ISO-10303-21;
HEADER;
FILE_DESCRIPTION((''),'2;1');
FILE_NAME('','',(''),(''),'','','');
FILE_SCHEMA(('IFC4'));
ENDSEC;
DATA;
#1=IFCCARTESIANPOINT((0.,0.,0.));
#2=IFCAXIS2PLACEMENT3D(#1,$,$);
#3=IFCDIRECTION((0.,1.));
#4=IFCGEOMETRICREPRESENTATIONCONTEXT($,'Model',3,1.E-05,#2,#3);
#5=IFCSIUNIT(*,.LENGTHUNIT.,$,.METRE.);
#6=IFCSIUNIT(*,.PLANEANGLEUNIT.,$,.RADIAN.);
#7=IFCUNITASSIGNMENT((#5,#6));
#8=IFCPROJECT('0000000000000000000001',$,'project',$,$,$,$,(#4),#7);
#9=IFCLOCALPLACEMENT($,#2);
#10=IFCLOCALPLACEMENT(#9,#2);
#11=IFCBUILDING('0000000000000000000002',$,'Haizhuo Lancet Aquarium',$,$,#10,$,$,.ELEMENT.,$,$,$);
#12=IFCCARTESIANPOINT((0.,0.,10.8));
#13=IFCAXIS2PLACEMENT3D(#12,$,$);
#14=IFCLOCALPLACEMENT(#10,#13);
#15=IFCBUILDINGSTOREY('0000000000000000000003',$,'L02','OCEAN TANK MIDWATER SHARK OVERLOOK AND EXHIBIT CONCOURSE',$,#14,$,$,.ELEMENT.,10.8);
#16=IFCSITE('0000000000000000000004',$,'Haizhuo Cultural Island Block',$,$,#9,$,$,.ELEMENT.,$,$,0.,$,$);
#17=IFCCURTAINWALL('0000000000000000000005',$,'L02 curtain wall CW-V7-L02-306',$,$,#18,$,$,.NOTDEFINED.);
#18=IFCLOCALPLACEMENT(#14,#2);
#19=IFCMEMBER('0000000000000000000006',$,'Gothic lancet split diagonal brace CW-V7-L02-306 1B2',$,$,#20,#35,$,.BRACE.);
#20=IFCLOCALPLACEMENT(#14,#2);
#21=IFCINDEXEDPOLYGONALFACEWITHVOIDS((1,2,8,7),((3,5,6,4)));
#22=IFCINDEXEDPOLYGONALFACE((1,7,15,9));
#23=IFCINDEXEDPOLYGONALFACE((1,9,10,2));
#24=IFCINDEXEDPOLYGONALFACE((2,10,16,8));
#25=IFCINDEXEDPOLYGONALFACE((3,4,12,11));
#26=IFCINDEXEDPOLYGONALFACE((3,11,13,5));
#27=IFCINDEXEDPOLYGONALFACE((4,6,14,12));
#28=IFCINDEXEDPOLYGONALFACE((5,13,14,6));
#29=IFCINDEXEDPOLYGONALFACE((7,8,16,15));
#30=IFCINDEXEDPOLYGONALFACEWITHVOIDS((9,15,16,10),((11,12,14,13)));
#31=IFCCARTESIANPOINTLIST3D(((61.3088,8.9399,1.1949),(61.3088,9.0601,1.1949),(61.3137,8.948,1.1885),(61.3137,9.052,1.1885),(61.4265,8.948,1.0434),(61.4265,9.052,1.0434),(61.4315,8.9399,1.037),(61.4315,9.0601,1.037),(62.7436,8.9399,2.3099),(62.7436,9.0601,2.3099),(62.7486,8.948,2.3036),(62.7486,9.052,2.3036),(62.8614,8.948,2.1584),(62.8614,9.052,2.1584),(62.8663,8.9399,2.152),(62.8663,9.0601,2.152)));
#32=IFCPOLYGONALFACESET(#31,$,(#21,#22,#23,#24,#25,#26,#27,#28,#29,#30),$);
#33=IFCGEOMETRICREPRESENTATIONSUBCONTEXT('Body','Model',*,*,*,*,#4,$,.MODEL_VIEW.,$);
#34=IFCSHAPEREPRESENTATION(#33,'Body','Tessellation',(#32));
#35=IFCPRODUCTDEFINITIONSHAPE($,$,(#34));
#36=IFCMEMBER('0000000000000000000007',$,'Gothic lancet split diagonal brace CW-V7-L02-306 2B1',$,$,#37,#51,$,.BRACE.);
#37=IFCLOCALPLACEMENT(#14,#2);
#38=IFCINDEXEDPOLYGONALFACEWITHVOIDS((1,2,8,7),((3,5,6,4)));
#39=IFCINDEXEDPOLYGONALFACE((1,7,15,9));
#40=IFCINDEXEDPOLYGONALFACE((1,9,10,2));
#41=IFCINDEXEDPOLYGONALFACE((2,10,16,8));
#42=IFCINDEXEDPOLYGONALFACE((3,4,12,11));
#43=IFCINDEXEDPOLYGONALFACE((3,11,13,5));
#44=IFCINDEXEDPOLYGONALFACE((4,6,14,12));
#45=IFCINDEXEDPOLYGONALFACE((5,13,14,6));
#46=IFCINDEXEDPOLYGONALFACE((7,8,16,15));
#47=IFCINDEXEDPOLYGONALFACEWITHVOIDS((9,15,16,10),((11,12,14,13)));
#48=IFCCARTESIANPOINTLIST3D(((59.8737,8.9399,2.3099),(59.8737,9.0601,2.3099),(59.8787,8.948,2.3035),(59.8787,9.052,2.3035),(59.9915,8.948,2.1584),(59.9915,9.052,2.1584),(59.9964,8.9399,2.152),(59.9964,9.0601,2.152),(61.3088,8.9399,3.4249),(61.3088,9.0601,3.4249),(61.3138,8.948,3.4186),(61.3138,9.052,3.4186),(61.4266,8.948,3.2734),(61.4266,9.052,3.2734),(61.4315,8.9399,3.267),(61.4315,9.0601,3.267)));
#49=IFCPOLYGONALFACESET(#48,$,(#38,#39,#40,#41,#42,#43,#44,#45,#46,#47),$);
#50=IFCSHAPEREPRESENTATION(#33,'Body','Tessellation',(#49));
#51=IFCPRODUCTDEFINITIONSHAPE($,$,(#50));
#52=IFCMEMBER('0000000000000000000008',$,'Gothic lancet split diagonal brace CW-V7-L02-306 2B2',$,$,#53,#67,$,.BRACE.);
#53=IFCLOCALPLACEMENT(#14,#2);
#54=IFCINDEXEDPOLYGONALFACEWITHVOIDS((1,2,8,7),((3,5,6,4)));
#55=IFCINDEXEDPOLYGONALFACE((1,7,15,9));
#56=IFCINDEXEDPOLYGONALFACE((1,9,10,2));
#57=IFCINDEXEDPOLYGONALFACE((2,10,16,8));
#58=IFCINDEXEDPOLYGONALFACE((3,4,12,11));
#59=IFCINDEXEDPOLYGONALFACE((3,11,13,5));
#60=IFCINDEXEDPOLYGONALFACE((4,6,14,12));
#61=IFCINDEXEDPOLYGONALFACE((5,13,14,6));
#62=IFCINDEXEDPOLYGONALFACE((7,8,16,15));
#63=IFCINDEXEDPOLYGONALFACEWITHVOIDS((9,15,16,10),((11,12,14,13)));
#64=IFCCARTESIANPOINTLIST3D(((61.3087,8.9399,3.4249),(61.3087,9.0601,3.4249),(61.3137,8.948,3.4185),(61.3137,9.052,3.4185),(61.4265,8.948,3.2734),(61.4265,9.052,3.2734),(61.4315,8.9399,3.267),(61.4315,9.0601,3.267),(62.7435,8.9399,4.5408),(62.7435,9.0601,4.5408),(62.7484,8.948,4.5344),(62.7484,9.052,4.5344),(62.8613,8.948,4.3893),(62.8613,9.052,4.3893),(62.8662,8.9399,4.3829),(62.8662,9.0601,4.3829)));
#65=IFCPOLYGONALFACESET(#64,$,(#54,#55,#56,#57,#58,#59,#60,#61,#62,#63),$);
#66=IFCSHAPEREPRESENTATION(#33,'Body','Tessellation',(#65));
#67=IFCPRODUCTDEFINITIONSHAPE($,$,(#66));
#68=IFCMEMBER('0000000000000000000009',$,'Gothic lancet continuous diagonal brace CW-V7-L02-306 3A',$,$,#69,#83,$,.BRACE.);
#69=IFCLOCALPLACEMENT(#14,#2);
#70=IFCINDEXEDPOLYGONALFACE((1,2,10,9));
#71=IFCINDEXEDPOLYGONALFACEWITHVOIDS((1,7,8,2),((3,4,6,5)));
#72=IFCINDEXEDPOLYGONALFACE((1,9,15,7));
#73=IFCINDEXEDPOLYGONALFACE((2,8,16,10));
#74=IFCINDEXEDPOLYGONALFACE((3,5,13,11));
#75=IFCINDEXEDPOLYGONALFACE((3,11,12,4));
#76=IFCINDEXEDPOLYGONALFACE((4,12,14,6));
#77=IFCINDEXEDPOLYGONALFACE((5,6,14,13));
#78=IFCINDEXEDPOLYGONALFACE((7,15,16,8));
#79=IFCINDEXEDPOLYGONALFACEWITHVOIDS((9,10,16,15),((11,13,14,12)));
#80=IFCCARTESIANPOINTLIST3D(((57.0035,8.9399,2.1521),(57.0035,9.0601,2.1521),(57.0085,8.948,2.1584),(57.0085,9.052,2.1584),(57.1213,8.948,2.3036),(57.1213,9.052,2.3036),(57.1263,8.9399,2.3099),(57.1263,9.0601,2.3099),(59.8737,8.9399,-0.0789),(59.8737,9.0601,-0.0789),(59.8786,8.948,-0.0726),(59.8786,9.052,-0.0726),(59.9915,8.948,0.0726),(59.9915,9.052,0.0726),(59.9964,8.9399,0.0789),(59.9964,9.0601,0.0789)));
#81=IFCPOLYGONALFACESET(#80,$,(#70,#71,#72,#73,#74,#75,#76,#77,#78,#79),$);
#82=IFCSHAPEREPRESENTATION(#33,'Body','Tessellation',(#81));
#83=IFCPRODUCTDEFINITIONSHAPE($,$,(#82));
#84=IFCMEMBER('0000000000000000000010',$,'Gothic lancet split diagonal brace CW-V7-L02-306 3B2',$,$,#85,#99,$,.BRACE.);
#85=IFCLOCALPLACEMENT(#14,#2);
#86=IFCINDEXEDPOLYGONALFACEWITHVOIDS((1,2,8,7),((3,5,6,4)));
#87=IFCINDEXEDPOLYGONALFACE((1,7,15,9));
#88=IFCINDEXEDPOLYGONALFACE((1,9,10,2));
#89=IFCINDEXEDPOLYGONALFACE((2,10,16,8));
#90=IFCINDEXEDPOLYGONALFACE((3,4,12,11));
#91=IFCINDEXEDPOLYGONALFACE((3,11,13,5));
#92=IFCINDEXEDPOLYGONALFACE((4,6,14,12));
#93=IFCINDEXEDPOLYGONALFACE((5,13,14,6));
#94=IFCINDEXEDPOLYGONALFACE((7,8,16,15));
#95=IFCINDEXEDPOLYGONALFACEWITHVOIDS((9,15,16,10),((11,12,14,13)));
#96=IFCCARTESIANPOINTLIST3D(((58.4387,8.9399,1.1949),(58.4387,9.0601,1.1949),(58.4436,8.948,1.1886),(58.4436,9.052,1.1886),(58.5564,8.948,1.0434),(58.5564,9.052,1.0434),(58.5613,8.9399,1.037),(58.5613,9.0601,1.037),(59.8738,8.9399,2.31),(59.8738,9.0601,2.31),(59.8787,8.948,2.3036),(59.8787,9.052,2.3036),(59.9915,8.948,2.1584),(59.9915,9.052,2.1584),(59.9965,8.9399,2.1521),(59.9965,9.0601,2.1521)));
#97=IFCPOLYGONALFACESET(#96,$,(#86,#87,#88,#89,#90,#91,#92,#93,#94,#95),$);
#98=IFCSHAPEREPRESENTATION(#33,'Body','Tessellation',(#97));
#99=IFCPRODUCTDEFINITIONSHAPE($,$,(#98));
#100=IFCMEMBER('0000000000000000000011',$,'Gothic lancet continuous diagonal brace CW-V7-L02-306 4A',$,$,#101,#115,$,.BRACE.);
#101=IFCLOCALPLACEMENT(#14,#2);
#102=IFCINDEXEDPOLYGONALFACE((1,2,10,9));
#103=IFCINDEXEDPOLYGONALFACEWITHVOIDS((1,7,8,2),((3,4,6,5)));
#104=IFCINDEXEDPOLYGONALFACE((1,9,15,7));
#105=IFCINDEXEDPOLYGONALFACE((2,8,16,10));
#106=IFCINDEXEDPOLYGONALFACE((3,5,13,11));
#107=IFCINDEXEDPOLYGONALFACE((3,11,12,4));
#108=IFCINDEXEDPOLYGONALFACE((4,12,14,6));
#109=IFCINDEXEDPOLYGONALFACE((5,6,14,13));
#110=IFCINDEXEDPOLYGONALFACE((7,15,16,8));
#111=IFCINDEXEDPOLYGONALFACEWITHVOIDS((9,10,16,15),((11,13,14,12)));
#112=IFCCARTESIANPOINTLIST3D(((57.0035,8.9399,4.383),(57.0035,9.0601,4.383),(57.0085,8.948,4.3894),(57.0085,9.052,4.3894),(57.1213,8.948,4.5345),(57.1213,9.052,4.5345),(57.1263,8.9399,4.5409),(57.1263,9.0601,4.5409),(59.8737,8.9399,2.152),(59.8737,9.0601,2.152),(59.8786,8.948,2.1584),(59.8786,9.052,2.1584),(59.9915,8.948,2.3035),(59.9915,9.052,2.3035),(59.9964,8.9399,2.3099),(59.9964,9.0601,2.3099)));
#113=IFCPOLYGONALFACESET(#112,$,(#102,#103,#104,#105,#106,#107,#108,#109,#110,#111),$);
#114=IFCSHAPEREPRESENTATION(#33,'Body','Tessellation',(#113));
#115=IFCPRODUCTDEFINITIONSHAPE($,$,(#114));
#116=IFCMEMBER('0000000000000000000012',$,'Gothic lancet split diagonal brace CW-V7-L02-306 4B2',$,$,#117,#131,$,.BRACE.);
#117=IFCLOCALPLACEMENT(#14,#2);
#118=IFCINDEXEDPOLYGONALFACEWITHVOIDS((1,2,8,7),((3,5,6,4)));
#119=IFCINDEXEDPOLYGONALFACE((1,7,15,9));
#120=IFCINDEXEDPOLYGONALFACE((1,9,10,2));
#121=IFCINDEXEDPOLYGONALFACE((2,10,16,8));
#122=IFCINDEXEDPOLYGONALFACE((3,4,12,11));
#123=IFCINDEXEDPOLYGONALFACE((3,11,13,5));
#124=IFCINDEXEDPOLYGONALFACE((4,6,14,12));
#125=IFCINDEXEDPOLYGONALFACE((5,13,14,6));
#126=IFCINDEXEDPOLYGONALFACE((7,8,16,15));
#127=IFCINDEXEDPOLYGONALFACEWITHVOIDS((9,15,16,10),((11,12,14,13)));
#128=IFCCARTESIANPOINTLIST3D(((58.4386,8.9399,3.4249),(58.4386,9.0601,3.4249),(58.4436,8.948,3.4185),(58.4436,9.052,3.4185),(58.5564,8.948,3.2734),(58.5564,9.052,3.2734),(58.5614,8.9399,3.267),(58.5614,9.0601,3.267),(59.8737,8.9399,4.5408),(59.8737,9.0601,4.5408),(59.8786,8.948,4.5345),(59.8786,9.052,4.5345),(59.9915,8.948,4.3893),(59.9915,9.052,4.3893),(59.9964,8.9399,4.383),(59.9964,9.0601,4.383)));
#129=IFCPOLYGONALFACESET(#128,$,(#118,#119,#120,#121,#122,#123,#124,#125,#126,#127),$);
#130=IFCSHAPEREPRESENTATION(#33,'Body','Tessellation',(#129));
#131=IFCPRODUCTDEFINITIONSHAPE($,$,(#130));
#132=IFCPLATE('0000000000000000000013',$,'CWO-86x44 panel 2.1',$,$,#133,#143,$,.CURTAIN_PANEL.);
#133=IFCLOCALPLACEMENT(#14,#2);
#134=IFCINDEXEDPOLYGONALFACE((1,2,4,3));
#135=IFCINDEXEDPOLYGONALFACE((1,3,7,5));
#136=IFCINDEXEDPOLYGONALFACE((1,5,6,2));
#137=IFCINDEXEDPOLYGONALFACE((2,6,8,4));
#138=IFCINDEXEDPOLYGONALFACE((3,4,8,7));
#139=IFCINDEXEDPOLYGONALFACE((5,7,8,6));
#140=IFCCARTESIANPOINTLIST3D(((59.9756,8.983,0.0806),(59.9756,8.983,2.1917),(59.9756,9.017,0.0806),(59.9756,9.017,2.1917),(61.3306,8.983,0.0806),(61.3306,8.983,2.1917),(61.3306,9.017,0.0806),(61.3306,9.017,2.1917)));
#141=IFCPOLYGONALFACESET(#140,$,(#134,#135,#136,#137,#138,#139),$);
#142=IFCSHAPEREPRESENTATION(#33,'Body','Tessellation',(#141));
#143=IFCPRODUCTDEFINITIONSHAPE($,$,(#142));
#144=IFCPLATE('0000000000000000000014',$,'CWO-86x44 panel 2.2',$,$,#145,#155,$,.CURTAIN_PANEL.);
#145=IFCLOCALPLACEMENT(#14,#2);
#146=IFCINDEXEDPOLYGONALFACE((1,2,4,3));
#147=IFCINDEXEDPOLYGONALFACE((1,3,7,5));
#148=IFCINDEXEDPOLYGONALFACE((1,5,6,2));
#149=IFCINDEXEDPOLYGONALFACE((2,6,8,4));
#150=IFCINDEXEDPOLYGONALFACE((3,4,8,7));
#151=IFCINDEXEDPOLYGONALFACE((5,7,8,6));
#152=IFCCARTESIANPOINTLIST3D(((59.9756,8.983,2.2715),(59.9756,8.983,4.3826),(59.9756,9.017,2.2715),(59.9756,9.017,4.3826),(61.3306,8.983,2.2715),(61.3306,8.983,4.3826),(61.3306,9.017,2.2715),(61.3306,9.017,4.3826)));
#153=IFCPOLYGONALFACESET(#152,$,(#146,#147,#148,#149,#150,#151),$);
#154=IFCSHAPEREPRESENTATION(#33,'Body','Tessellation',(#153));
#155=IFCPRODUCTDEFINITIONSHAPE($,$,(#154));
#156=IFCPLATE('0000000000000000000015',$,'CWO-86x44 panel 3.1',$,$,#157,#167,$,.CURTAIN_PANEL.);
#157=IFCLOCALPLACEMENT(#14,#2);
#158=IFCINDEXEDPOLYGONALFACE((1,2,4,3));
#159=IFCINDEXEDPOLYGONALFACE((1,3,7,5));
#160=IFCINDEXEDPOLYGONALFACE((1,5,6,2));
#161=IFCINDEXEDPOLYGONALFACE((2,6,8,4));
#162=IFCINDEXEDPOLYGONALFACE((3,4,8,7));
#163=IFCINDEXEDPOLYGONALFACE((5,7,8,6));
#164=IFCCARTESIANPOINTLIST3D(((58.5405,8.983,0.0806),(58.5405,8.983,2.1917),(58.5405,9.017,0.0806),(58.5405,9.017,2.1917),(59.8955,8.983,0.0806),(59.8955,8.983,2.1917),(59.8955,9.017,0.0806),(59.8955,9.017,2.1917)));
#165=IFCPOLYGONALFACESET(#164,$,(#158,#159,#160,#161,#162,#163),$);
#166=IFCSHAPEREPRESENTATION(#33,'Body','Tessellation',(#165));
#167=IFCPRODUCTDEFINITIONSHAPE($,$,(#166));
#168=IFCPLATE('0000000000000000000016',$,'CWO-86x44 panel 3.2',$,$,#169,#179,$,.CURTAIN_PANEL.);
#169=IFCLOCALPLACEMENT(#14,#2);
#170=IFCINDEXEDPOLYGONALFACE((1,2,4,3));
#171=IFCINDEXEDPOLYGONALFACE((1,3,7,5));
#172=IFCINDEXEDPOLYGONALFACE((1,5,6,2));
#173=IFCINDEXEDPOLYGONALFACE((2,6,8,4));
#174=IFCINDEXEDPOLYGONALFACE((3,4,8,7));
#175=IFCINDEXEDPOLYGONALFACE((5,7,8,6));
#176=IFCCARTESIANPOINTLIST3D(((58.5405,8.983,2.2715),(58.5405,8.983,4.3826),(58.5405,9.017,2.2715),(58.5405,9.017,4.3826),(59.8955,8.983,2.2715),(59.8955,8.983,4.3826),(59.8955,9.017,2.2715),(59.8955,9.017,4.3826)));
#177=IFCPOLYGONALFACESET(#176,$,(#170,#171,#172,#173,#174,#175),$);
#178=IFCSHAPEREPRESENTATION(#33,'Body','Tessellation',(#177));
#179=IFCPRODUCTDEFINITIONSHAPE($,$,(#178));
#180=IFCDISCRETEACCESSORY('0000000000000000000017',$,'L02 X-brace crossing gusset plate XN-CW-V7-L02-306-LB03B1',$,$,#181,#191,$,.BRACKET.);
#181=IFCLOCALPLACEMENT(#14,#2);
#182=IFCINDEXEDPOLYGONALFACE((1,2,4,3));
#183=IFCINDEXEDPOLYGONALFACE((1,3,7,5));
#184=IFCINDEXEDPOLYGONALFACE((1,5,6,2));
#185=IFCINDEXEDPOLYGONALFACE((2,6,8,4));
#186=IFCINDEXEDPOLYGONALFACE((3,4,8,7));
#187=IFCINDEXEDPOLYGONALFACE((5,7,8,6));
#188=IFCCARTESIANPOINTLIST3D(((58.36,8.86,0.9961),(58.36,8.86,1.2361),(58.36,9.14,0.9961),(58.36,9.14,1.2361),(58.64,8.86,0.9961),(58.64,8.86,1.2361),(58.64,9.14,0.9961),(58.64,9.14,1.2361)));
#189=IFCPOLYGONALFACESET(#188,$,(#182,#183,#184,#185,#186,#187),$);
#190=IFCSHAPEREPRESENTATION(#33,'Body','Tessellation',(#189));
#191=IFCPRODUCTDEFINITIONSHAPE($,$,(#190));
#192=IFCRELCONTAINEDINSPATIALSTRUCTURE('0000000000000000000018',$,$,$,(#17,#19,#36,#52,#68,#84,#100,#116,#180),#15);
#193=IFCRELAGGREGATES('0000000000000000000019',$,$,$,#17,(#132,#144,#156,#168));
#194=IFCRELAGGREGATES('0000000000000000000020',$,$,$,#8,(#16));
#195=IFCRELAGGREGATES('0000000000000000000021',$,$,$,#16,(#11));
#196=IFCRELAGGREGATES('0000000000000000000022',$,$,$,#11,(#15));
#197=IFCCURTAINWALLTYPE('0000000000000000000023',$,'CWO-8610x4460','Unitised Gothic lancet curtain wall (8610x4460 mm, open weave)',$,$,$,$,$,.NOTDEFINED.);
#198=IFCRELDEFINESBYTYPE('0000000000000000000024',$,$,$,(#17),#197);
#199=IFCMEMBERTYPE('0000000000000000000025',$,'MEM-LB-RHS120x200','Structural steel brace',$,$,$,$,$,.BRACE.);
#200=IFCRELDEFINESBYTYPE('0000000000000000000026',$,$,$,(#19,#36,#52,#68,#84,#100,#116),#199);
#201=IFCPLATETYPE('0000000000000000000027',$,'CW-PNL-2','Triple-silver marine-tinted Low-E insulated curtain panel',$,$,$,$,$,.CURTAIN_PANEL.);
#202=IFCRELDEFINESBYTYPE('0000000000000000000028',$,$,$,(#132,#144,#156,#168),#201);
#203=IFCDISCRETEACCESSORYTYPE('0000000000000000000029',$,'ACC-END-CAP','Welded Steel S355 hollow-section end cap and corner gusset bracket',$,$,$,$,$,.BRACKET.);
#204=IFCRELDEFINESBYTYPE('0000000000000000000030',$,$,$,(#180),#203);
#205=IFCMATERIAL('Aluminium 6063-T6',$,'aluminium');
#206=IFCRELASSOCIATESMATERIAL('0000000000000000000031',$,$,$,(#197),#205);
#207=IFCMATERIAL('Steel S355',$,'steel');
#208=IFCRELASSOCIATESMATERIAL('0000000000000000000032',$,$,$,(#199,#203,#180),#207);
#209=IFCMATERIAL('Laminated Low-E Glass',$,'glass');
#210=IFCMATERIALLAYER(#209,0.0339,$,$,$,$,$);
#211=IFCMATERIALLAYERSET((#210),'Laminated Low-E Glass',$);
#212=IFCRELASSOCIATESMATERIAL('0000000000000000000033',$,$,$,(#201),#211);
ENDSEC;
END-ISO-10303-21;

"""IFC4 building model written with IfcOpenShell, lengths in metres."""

from ifc_helpers import new_model, si_unit, direction, frame, origin, origin_2d, place, context, subcontext, project, spatial, rectangle, hollow_rectangle, extrude, material, layer, layer_set, material_profile, profile_set, type_object, element, aggregate, save


model = new_model("IFC4")

# Units and contexts
model_context = context("Model", 3, precision=1e-05, world=origin(), true_north=direction((0.0, 1.0)))
body_context = subcontext(model_context, "Body", "Model", "MODEL_VIEW")
ifc_project = project(units=[si_unit("LENGTHUNIT", "METRE"), si_unit("PLANEANGLEUNIT", "RADIAN")], contexts=[model_context])

# Site, building, storey
site_placement = place(None, origin())
site = spatial("IfcSite", under=ifc_project, at=site_placement, Name="Haizhuo Cultural Island Block", CompositionType="ELEMENT", RefElevation=0.0)
building_placement = place(site_placement, origin())
building = spatial("IfcBuilding", under=site, at=building_placement, Name="Haizhuo Lancet Aquarium", CompositionType="ELEMENT")
storey_placement = place(building_placement, frame((0.0, 0.0, 10.8)))
storey = spatial("IfcBuildingStorey", under=building, at=storey_placement, Name="L02", Description="OCEAN TANK MIDWATER SHARK OVERLOOK AND EXHIBIT CONCOURSE", CompositionType="ELEMENT", Elevation=10.8)

# Curtain wall
ifc_material_1 = material(Name="Aluminium 6063-T6", Category="aluminium")
curtain_wall_type = type_object("IfcCurtainWallType", Name="CWO-8610x4460", Description="Unitised Gothic lancet curtain wall (8610x4460 mm, open weave)", PredefinedType="NOTDEFINED", material=ifc_material_1)
curtain_wall_placement = place(storey_placement, origin())
curtain_wall = element("IfcCurtainWall", 1, at=curtain_wall_placement, inside=storey, type_object=curtain_wall_type, Name="L02 curtain wall CW-V7-L02-306", PredefinedType="NOTDEFINED")

# Members
ifc_material_2 = material(Name="Steel S355", Category="steel")
ifc_material_profile_1 = material_profile(ifc_material_2, hollow_rectangle(XDim=0.1201, YDim=0.2, WallThickness=0.0081, at=origin_2d()), Name="RHS 120x200x8")
ifc_profile_set_1 = profile_set([ifc_material_profile_1], Name="Steel S355")
member_type_1 = type_object("IfcMemberType", Name="MEM-LB-RHS120x200", Description="Structural steel brace", PredefinedType="BRACE", material=ifc_profile_set_1)
member_1_placement = place(storey_placement, frame((61.3701, 9.0, 1.116), z_axis=(0.789613, 0.0, 0.613606), x_axis=(0.0, 1.0, 0.0)))
element("IfcMember", 2, at=member_1_placement, inside=storey, type_object=member_type_1, Name="Gothic lancet split diagonal brace CW-V7-L02-306 1B2", PredefinedType="BRACE", context=body_context, shape_type="SweptSolid", body=[
    extrude(hollow_rectangle(XDim=0.1201, YDim=0.2, WallThickness=0.0081, at=origin_2d()), origin(), (0.0, 0.0, 1.0), 1.8171),
])
member_2_placement = place(storey_placement, frame((59.9351, 9.0, 2.231), z_axis=(0.789663, 0.0, 0.613541), x_axis=(0.0, 1.0, 0.0)))
element("IfcMember", 3, at=member_2_placement, inside=storey, type_object=member_type_1, Name="Gothic lancet split diagonal brace CW-V7-L02-306 2B1", PredefinedType="BRACE", context=body_context, shape_type="SweptSolid", body=[
    extrude(hollow_rectangle(XDim=0.1201, YDim=0.2, WallThickness=0.0081, at=origin_2d()), origin(), (0.0, 0.0, 1.0), 1.8174),
])
member_3_placement = place(storey_placement, frame((61.3701, 9.0, 3.3459), z_axis=(0.789352, 0.0, 0.613941), x_axis=(0.0, 1.0, 0.0)))
element("IfcMember", 4, at=member_3_placement, inside=storey, type_object=member_type_1, Name="Gothic lancet split diagonal brace CW-V7-L02-306 2B2", PredefinedType="BRACE", context=body_context, shape_type="SweptSolid", body=[
    extrude(hollow_rectangle(XDim=0.1201, YDim=0.2, WallThickness=0.0081, at=origin_2d()), origin(), (0.0, 0.0, 1.0), 1.8176),
])
member_4_placement = place(storey_placement, frame((59.9351, 9.0, 0.0), z_axis=(-0.789533, 0.0, 0.613708), x_axis=(0.0, -1.0, 0.0)))
element("IfcMember", 5, at=member_4_placement, inside=storey, type_object=member_type_1, Name="Gothic lancet continuous diagonal brace CW-V7-L02-306 3A", PredefinedType="BRACE", context=body_context, shape_type="SweptSolid", body=[
    extrude(hollow_rectangle(XDim=0.1201, YDim=0.2, WallThickness=0.0081, at=origin_2d()), origin(), (0.0, 0.0, 1.0), 3.6353),
])
member_5_placement = place(storey_placement, frame((58.5, 9.0, 1.116), z_axis=(0.789663, 0.0, 0.613541), x_axis=(0.0, 1.0, 0.0)))
element("IfcMember", 6, at=member_5_placement, inside=storey, type_object=member_type_1, Name="Gothic lancet split diagonal brace CW-V7-L02-306 3B2", PredefinedType="BRACE", context=body_context, shape_type="SweptSolid", body=[
    extrude(hollow_rectangle(XDim=0.1201, YDim=0.2, WallThickness=0.0081, at=origin_2d()), origin(), (0.0, 0.0, 1.0), 1.8174),
])
member_6_placement = place(storey_placement, frame((59.9351, 9.0, 2.231), z_axis=(-0.789533, 0.0, 0.613708), x_axis=(0.0, -1.0, 0.0)))
element("IfcMember", 7, at=member_6_placement, inside=storey, type_object=member_type_1, Name="Gothic lancet continuous diagonal brace CW-V7-L02-306 4A", PredefinedType="BRACE", context=body_context, shape_type="SweptSolid", body=[
    extrude(hollow_rectangle(XDim=0.1201, YDim=0.2, WallThickness=0.0081, at=origin_2d()), origin(), (0.0, 0.0, 1.0), 3.6353),
])
member_7_placement = place(storey_placement, frame((58.5, 9.0, 3.3459), z_axis=(0.789403, 0.0, 0.613876), x_axis=(0.0, 1.0, 0.0)))
element("IfcMember", 8, at=member_7_placement, inside=storey, type_object=member_type_1, Name="Gothic lancet split diagonal brace CW-V7-L02-306 4B2", PredefinedType="BRACE", context=body_context, shape_type="SweptSolid", body=[
    extrude(hollow_rectangle(XDim=0.1201, YDim=0.2, WallThickness=0.0081, at=origin_2d()), origin(), (0.0, 0.0, 1.0), 1.8179),
])

# Plates
ifc_material_3 = material(Name="Laminated Low-E Glass", Category="glass")
ifc_layer = layer(ifc_material_3, 0.0339)
ifc_layer_set = layer_set([ifc_layer], Name="Laminated Low-E Glass")
plate_type = type_object("IfcPlateType", Name="CW-PNL-2", Description="Triple-silver marine-tinted Low-E insulated curtain panel", PredefinedType="CURTAIN_PANEL", material=ifc_layer_set)
plate_1_placement = place(storey_placement, frame((60.6531, 9.0, 0.0806), z_axis=(0.0, 0.0, 1.0), x_axis=(-1.0, 0.0, 0.0)))
plate_1 = element("IfcPlate", 9, at=plate_1_placement, type_object=plate_type, Name="CWO-86x44 panel 2.1", PredefinedType="CURTAIN_PANEL", context=body_context, shape_type="SweptSolid", body=[
    extrude(rectangle(XDim=1.355, YDim=0.0339, at=origin_2d()), origin(), (0.0, 0.0, 1.0), 2.1111),
])
plate_2_placement = place(storey_placement, frame((60.6531, 9.0, 2.2715), z_axis=(0.0, 0.0, 1.0), x_axis=(-1.0, 0.0, 0.0)))
plate_2 = element("IfcPlate", 10, at=plate_2_placement, type_object=plate_type, Name="CWO-86x44 panel 2.2", PredefinedType="CURTAIN_PANEL", context=body_context, shape_type="SweptSolid", body=[
    extrude(rectangle(XDim=1.355, YDim=0.0339, at=origin_2d()), origin(), (0.0, 0.0, 1.0), 2.1111),
])
plate_3_placement = place(storey_placement, frame((59.218, 9.0, 0.0806), z_axis=(0.0, 0.0, 1.0), x_axis=(-1.0, 0.0, 0.0)))
plate_3 = element("IfcPlate", 11, at=plate_3_placement, type_object=plate_type, Name="CWO-86x44 panel 3.1", PredefinedType="CURTAIN_PANEL", context=body_context, shape_type="SweptSolid", body=[
    extrude(rectangle(XDim=1.355, YDim=0.0339, at=origin_2d()), origin(), (0.0, 0.0, 1.0), 2.1111),
])
plate_4_placement = place(storey_placement, frame((59.218, 9.0, 2.2715), z_axis=(0.0, 0.0, 1.0), x_axis=(-1.0, 0.0, 0.0)))
plate_4 = element("IfcPlate", 12, at=plate_4_placement, type_object=plate_type, Name="CWO-86x44 panel 3.2", PredefinedType="CURTAIN_PANEL", context=body_context, shape_type="SweptSolid", body=[
    extrude(rectangle(XDim=1.355, YDim=0.0339, at=origin_2d()), origin(), (0.0, 0.0, 1.0), 2.1111),
])
aggregate(curtain_wall, [plate_1, plate_2, plate_3, plate_4])

# Discrete accessory
discrete_accessory_type = type_object("IfcDiscreteAccessoryType", Name="ACC-END-CAP", Description="Welded Steel S355 hollow-section end cap and corner gusset bracket", PredefinedType="BRACKET", material=ifc_material_2)
for number, where, z_axis, x_axis, name in (
    (13, (58.5, 9.0, 0.9961), (0.0, 0.0, 1.0), (1.0, 0.0, 0.0), "L02 X-brace crossing gusset plate XN-CW-V7-L02-306-LB03B1"),
):
    element("IfcDiscreteAccessory", number, at=place(storey_placement, frame(where, z_axis=z_axis, x_axis=x_axis)), inside=storey, type_object=discrete_accessory_type, material=ifc_material_2, Name=name, PredefinedType="BRACKET", context=body_context, shape_type="SweptSolid", body=[
        extrude(rectangle(XDim=0.28, YDim=0.28, at=origin_2d()), origin(), (0.0, 0.0, 1.0), 0.24),
    ])

save(model, "model.ifc")
